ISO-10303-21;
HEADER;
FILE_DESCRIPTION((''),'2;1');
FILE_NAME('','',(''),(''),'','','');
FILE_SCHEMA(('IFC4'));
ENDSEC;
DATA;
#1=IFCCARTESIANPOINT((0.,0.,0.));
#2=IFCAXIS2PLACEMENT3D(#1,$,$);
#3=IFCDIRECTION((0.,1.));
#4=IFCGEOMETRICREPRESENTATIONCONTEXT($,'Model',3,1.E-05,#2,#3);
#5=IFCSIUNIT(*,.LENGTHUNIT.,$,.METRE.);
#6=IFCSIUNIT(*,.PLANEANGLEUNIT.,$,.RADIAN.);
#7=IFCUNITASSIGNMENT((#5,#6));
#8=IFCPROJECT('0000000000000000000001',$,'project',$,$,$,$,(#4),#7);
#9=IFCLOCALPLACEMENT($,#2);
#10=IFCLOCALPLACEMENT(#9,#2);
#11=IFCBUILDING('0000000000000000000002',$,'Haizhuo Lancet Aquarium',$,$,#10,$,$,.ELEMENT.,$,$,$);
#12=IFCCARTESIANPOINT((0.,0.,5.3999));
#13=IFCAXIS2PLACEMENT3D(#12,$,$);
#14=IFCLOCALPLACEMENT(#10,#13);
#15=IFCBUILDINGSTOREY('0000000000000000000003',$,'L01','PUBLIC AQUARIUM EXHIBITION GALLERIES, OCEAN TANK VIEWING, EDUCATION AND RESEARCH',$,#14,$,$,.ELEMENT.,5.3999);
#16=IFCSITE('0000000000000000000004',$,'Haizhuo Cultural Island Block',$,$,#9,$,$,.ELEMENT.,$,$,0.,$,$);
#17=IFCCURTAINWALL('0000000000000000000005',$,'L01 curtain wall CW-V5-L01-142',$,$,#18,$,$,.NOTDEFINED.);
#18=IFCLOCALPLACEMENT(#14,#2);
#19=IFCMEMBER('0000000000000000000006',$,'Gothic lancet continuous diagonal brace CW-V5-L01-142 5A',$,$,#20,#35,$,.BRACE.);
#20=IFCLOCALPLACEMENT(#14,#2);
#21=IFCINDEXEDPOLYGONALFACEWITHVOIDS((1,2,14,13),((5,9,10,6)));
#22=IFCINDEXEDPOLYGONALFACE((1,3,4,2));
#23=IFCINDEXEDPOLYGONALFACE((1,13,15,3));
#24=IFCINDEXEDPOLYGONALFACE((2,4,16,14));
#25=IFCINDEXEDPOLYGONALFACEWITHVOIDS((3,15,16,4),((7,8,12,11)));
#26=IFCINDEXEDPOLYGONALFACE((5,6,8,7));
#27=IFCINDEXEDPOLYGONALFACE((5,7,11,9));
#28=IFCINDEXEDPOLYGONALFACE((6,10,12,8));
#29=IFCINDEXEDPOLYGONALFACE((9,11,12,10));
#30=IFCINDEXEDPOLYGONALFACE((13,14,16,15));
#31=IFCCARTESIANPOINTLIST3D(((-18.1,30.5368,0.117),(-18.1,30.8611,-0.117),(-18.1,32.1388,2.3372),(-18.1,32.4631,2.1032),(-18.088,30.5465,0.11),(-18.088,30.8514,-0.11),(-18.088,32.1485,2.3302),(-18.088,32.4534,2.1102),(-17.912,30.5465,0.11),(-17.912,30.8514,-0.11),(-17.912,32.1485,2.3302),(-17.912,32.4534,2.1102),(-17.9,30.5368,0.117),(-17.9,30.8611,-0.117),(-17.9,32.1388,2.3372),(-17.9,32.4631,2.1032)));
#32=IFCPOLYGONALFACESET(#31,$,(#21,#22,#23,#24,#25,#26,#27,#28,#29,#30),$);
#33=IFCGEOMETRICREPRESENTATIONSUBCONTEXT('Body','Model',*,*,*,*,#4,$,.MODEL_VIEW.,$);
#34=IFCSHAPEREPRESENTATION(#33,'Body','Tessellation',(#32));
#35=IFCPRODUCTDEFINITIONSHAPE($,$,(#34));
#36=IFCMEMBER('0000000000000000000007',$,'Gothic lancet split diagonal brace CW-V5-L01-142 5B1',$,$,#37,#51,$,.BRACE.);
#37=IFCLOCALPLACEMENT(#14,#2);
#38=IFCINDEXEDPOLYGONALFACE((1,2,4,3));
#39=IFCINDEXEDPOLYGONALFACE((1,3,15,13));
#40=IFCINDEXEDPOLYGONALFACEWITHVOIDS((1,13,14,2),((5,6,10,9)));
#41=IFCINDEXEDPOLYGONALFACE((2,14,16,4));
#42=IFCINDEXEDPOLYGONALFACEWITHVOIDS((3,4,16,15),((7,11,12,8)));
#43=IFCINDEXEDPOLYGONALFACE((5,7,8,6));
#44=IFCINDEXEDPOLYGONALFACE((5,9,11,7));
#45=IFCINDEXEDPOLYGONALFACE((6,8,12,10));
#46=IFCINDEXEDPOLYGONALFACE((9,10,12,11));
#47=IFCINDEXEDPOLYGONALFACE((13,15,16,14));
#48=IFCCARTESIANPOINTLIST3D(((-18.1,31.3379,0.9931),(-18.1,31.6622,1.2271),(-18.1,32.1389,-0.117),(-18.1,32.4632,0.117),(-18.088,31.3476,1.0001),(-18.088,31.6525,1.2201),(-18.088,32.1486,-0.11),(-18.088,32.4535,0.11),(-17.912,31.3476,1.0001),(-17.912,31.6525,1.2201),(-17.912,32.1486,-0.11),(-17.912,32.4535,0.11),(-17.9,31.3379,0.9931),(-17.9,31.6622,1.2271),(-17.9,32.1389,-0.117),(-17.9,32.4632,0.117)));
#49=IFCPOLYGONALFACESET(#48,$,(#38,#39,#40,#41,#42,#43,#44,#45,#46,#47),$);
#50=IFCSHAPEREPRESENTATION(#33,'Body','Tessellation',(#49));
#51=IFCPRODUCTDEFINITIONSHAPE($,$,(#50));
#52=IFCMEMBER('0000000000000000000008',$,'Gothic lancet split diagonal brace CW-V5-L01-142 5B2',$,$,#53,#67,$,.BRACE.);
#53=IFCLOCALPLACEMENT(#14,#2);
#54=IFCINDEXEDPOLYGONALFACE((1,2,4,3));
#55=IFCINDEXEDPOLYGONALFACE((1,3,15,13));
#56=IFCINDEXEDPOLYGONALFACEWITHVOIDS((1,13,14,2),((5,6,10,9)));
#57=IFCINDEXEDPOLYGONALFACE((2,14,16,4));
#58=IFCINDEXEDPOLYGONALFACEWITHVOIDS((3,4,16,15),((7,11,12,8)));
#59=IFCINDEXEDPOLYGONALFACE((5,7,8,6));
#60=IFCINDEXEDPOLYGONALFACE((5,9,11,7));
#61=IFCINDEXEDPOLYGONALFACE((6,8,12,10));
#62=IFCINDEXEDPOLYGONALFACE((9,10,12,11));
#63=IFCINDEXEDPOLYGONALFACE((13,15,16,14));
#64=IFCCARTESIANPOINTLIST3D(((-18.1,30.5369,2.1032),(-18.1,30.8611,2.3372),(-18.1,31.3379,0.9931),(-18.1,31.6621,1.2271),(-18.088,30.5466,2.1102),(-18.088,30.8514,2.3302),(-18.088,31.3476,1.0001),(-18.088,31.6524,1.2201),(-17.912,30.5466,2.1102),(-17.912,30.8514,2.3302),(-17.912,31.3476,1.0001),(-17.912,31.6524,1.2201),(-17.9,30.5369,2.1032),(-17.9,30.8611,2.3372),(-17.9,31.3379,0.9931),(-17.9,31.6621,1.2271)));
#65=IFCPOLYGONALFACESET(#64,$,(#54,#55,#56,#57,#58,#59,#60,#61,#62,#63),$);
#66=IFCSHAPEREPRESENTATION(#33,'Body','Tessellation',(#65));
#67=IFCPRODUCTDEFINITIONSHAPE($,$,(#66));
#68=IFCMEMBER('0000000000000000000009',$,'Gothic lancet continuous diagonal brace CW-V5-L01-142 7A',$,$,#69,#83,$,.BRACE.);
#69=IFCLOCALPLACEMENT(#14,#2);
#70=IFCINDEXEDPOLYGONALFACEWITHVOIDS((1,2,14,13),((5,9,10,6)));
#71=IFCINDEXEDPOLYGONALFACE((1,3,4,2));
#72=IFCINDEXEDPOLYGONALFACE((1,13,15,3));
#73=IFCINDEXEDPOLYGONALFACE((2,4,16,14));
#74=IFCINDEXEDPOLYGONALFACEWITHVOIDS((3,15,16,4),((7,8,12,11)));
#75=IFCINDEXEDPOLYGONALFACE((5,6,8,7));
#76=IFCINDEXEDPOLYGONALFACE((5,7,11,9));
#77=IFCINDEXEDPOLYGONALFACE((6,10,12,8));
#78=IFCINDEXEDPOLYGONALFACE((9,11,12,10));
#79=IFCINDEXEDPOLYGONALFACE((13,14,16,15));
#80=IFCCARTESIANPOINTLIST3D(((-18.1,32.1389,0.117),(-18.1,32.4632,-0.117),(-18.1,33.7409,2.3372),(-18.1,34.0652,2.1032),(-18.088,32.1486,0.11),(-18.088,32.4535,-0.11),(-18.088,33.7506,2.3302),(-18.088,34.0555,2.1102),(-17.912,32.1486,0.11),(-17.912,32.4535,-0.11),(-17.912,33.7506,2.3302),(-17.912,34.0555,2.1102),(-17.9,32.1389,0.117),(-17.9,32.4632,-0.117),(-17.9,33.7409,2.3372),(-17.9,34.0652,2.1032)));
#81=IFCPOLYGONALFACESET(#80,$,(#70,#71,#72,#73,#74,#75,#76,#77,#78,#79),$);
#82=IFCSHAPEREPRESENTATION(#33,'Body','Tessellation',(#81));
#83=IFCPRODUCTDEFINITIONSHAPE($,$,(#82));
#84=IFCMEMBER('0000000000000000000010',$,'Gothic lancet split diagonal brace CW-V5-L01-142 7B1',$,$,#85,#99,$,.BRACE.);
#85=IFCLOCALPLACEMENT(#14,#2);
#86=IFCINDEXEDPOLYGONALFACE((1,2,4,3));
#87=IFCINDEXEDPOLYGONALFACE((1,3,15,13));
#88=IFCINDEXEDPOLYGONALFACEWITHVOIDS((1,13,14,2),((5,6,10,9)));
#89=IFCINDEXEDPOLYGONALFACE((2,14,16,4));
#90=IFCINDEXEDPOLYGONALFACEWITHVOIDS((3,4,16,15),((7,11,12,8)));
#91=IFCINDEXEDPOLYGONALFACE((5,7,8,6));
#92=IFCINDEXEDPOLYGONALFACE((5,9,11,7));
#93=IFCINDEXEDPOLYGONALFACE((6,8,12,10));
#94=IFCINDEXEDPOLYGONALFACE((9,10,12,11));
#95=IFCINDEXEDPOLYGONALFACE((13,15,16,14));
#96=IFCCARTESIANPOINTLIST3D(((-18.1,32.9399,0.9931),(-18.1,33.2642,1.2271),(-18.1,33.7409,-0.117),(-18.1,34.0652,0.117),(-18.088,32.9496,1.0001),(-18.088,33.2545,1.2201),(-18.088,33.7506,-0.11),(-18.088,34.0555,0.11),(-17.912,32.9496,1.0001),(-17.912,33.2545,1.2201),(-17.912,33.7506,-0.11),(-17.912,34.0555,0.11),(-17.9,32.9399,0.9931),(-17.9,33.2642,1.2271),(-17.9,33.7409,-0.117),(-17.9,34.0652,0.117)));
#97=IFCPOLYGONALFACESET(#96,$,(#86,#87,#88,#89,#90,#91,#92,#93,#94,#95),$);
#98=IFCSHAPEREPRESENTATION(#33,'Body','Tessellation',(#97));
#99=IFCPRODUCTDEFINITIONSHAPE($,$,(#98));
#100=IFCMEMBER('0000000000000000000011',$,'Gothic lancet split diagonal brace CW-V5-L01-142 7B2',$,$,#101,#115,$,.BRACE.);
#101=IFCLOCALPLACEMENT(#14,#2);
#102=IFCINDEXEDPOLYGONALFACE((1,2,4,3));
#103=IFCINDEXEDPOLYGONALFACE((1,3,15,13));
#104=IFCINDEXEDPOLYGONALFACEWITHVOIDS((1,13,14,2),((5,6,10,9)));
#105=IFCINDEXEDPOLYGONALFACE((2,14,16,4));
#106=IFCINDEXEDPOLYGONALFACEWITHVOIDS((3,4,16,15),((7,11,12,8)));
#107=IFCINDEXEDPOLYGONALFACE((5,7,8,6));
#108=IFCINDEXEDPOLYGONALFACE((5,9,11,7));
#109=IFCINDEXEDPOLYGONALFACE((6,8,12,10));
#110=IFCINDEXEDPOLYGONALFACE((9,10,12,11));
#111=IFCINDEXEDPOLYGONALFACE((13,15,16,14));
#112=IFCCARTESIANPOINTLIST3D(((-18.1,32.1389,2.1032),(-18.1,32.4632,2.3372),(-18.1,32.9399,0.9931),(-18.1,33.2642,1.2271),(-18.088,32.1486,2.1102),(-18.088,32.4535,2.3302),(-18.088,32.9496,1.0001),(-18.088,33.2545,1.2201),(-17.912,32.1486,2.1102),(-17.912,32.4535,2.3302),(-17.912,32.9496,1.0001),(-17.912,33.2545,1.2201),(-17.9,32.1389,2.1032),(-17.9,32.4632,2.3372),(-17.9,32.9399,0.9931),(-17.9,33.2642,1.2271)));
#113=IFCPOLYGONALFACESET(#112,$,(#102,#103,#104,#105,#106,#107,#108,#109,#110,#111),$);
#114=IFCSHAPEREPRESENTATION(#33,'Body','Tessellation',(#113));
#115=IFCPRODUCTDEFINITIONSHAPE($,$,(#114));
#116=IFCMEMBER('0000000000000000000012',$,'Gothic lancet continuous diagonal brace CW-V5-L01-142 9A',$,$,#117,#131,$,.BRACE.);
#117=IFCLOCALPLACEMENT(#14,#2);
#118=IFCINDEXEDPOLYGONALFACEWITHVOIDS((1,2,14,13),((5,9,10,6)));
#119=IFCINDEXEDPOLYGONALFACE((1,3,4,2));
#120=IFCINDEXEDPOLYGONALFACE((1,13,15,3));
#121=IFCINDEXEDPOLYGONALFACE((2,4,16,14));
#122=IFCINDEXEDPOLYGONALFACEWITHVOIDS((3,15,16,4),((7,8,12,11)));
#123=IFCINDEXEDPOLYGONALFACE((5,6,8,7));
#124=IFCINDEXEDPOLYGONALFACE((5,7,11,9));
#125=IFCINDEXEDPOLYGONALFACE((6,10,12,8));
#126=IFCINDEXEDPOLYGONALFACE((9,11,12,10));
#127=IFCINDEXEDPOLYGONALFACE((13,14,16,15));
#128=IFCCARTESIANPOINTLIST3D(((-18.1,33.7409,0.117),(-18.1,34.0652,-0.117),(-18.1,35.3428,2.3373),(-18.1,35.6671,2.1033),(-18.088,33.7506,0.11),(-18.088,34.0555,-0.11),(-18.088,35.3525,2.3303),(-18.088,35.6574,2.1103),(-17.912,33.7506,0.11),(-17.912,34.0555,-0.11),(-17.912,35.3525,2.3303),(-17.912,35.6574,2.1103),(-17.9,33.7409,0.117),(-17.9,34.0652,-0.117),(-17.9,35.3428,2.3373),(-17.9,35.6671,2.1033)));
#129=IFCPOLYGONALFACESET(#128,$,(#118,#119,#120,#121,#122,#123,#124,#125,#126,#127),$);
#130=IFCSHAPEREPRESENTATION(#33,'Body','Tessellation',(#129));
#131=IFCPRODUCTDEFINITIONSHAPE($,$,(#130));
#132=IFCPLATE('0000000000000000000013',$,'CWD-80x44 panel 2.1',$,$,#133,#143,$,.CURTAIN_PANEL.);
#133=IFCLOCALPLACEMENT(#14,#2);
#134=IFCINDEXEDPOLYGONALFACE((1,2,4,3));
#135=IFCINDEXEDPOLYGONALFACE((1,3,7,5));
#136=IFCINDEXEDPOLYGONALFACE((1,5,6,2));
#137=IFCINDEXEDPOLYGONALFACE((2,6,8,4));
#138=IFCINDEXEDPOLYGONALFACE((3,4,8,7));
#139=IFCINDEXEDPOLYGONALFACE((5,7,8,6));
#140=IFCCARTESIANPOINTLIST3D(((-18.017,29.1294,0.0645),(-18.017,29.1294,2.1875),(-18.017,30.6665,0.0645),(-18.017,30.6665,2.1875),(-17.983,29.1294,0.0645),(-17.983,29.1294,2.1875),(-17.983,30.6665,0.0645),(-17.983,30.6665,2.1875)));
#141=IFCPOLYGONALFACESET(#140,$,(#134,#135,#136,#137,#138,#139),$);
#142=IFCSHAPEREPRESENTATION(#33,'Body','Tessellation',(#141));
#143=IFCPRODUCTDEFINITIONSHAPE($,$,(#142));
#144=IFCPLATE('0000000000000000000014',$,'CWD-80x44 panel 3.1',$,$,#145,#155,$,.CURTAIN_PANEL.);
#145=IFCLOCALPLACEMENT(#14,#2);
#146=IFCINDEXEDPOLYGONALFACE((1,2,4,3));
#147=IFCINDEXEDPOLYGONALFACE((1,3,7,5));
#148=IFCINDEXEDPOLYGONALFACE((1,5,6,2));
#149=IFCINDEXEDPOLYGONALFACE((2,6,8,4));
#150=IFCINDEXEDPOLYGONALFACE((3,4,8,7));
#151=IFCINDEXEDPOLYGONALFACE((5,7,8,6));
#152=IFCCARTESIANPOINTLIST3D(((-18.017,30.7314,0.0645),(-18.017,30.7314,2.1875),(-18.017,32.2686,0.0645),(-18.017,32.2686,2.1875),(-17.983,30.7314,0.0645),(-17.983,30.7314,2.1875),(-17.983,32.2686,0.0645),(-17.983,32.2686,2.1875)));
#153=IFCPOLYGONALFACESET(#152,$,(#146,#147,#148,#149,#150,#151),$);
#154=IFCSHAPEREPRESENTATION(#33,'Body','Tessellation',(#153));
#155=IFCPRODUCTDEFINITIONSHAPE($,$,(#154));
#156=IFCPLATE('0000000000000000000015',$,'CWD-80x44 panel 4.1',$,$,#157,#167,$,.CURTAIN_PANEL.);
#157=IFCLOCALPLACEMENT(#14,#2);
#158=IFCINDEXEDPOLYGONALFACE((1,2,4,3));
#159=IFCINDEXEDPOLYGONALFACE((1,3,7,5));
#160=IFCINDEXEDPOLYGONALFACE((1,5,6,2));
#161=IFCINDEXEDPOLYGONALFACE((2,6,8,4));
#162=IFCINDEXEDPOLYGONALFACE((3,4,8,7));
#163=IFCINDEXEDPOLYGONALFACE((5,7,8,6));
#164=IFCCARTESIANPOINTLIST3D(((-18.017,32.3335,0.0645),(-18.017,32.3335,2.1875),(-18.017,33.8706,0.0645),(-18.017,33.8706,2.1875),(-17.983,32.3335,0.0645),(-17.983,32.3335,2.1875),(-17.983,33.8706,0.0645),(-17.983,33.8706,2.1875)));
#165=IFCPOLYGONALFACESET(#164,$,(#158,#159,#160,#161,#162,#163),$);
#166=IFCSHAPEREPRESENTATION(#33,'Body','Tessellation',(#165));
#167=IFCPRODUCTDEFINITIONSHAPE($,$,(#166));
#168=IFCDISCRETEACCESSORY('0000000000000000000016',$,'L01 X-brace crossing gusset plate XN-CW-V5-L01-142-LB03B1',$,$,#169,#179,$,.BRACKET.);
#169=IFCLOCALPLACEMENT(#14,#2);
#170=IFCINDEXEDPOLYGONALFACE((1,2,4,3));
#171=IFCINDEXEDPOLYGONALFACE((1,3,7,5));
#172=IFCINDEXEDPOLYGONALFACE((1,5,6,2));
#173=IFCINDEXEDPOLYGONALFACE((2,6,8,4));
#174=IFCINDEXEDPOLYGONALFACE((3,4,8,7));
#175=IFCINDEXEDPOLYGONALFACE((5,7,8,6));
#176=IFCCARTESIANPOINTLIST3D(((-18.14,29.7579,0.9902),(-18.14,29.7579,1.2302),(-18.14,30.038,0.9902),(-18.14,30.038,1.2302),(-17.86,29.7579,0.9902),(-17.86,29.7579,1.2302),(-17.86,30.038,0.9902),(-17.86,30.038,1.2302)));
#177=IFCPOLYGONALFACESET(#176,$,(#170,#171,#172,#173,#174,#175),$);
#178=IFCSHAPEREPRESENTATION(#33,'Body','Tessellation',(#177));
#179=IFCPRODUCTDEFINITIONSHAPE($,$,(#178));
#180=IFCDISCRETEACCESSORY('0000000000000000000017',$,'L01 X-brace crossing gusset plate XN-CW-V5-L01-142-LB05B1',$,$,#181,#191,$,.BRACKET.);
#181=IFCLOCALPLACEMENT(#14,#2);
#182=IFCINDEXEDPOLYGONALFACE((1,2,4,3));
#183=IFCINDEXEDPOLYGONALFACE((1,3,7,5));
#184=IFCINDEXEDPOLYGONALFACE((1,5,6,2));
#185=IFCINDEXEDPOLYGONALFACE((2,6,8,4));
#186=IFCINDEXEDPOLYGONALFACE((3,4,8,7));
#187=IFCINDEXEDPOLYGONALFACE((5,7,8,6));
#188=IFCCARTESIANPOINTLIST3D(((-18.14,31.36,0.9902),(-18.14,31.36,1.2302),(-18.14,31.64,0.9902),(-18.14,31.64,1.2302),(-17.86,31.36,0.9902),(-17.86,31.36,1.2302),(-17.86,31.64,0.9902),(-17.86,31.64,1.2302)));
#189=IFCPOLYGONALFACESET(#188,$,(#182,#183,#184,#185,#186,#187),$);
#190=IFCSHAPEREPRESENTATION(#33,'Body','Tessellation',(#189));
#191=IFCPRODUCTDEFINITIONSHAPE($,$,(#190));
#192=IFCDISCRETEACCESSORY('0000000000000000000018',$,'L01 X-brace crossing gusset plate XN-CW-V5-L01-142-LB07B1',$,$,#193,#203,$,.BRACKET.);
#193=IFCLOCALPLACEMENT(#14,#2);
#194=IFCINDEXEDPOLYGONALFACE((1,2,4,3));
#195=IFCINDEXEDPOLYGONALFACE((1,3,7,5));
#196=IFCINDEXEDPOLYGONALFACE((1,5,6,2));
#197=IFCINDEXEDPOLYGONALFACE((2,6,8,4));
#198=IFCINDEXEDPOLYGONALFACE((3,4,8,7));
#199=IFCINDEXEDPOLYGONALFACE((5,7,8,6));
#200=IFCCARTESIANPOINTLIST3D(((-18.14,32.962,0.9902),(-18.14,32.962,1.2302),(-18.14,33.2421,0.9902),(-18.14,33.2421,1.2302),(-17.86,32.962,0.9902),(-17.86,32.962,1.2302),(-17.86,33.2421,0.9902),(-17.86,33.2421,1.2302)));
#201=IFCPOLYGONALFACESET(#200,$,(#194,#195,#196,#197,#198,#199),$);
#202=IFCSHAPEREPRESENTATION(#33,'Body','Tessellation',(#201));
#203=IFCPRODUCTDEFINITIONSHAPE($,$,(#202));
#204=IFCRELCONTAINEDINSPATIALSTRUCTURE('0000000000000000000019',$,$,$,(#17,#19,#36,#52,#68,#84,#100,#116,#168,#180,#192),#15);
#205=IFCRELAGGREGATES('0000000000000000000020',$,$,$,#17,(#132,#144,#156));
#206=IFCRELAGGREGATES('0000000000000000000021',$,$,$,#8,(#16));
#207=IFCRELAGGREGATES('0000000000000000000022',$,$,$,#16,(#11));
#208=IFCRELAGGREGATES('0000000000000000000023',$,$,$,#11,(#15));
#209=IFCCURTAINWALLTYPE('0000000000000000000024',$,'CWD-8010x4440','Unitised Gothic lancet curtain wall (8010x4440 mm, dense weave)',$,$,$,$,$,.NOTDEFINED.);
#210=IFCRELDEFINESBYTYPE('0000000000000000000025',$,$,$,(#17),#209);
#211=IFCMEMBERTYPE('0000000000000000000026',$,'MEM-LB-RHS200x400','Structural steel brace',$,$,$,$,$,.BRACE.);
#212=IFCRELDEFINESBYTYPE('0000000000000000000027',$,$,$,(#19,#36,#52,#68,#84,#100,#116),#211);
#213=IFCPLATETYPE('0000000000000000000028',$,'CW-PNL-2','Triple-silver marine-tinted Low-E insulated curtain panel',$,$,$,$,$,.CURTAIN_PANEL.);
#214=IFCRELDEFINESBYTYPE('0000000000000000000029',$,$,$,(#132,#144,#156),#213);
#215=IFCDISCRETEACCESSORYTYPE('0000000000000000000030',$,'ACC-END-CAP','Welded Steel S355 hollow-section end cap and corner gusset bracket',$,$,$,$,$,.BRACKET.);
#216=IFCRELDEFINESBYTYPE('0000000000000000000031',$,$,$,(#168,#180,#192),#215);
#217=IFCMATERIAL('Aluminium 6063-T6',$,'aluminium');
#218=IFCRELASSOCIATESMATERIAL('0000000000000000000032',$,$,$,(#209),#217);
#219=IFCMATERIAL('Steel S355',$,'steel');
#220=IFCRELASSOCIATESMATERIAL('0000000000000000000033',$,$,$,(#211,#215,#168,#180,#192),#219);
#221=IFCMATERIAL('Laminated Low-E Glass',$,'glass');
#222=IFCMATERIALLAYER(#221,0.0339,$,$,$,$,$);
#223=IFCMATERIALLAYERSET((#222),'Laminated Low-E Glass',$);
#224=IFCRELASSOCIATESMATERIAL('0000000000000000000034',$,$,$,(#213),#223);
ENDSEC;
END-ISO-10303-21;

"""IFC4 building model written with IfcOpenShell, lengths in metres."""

from ifc_helpers import new_model, si_unit, direction, frame, origin, origin_2d, place, context, subcontext, project, spatial, rectangle, hollow_rectangle, extrude, material, layer, layer_set, material_profile, profile_set, type_object, element, aggregate, save


model = new_model("IFC4")

# Units and contexts
model_context = context("Model", 3, precision=1e-05, world=origin(), true_north=direction((0.0, 1.0)))
body_context = subcontext(model_context, "Body", "Model", "MODEL_VIEW")
ifc_project = project(units=[si_unit("LENGTHUNIT", "METRE"), si_unit("PLANEANGLEUNIT", "RADIAN")], contexts=[model_context])

# Site, building, storey
site_placement = place(None, origin())
site = spatial("IfcSite", under=ifc_project, at=site_placement, Name="Haizhuo Cultural Island Block", CompositionType="ELEMENT", RefElevation=0.0)
building_placement = place(site_placement, origin())
building = spatial("IfcBuilding", under=site, at=building_placement, Name="Haizhuo Lancet Aquarium", CompositionType="ELEMENT")
storey_placement = place(building_placement, frame((0.0, 0.0, 5.3999)))
storey = spatial("IfcBuildingStorey", under=building, at=storey_placement, Name="L01", Description="PUBLIC AQUARIUM EXHIBITION GALLERIES, OCEAN TANK VIEWING, EDUCATION AND RESEARCH", CompositionType="ELEMENT", Elevation=5.3999)

# Curtain wall
ifc_material_1 = material(Name="Aluminium 6063-T6", Category="aluminium")
curtain_wall_type = type_object("IfcCurtainWallType", Name="CWD-8010x4440", Description="Unitised Gothic lancet curtain wall (8010x4440 mm, dense weave)", PredefinedType="NOTDEFINED", material=ifc_material_1)
curtain_wall_placement = place(storey_placement, origin())
curtain_wall = element("IfcCurtainWall", 1, at=curtain_wall_placement, inside=storey, type_object=curtain_wall_type, Name="L01 curtain wall CW-V5-L01-142", PredefinedType="NOTDEFINED")

# Members
ifc_material_2 = material(Name="Steel S355", Category="steel")
ifc_material_profile_1 = material_profile(ifc_material_2, hollow_rectangle(XDim=0.2, YDim=0.3999, WallThickness=0.012, at=origin_2d()), Name="RHS 200x400x12")
ifc_profile_set_1 = profile_set([ifc_material_profile_1], Name="Steel S355")
member_type_1 = type_object("IfcMemberType", Name="MEM-LB-RHS200x400", Description="Structural steel brace", PredefinedType="BRACE", material=ifc_profile_set_1)
member_1_placement = place(storey_placement, frame((-18.0, 30.699, 0.0), z_axis=(0.0, 0.585145, 0.810928), x_axis=(-1.0, 0.0, 0.0)))
element("IfcMember", 2, at=member_1_placement, inside=storey, type_object=member_type_1, Name="Gothic lancet continuous diagonal brace CW-V5-L01-142 5A", PredefinedType="BRACE", context=body_context, shape_type="SweptSolid", body=[
    extrude(hollow_rectangle(XDim=0.2, YDim=0.3999, WallThickness=0.012, at=origin_2d()), origin(), (0.0, 0.0, 1.0), 2.7378),
])
for number, where, z_axis, x_axis, name in (
    (3, (-18.0, 32.301, 0.0), (0.0, -0.585145, 0.810928), (1.0, 0.0, 0.0), "Gothic lancet split diagonal brace CW-V5-L01-142 5B1"),
    (4, (-18.0, 31.5, 1.1101), (0.0, -0.585145, 0.810928), (1.0, 0.0, 0.0), "Gothic lancet split diagonal brace CW-V5-L01-142 5B2"),
):
    element("IfcMember", number, at=place(storey_placement, frame(where, z_axis=z_axis, x_axis=x_axis)), inside=storey, type_object=member_type_1, Name=name, PredefinedType="BRACE", context=body_context, shape_type="SweptSolid", body=[
        extrude(hollow_rectangle(XDim=0.2, YDim=0.3999, WallThickness=0.012, at=origin_2d()), origin(), (0.0, 0.0, 1.0), 1.3689),
    ])
member_2_placement = place(storey_placement, frame((-18.0, 32.301, 0.0), z_axis=(0.0, 0.585145, 0.810928), x_axis=(-1.0, 0.0, 0.0)))
element("IfcMember", 5, at=member_2_placement, inside=storey, type_object=member_type_1, Name="Gothic lancet continuous diagonal brace CW-V5-L01-142 7A", PredefinedType="BRACE", context=body_context, shape_type="SweptSolid", body=[
    extrude(hollow_rectangle(XDim=0.2, YDim=0.3999, WallThickness=0.012, at=origin_2d()), origin(), (0.0, 0.0, 1.0), 2.7378),
])
for number, where, z_axis, x_axis, name in (
    (6, (-18.0, 33.9031, 0.0), (0.0, -0.585145, 0.810928), (1.0, 0.0, 0.0), "Gothic lancet split diagonal brace CW-V5-L01-142 7B1"),
    (7, (-18.0, 33.1021, 1.1101), (0.0, -0.585145, 0.810928), (1.0, 0.0, 0.0), "Gothic lancet split diagonal brace CW-V5-L01-142 7B2"),
):
    element("IfcMember", number, at=place(storey_placement, frame(where, z_axis=z_axis, x_axis=x_axis)), inside=storey, type_object=member_type_1, Name=name, PredefinedType="BRACE", context=body_context, shape_type="SweptSolid", body=[
        extrude(hollow_rectangle(XDim=0.2, YDim=0.3999, WallThickness=0.012, at=origin_2d()), origin(), (0.0, 0.0, 1.0), 1.3689),
    ])
member_3_placement = place(storey_placement, frame((-18.0, 33.9031, 0.0), z_axis=(0.0, 0.585087, 0.810971), x_axis=(-1.0, 0.0, 0.0)))
element("IfcMember", 8, at=member_3_placement, inside=storey, type_object=member_type_1, Name="Gothic lancet continuous diagonal brace CW-V5-L01-142 9A", PredefinedType="BRACE", context=body_context, shape_type="SweptSolid", body=[
    extrude(hollow_rectangle(XDim=0.2, YDim=0.3999, WallThickness=0.012, at=origin_2d()), origin(), (0.0, 0.0, 1.0), 2.7378),
])

# Plates
ifc_material_3 = material(Name="Laminated Low-E Glass", Category="glass")
ifc_layer = layer(ifc_material_3, 0.0339)
ifc_layer_set = layer_set([ifc_layer], Name="Laminated Low-E Glass")
plate_type = type_object("IfcPlateType", Name="CW-PNL-2", Description="Triple-silver marine-tinted Low-E insulated curtain panel", PredefinedType="CURTAIN_PANEL", material=ifc_layer_set)
plate_1_placement = place(storey_placement, frame((-18.0, 29.8979, 0.0645), z_axis=(0.0, 0.0, 1.0), x_axis=(0.0, 1.0, 0.0)))
plate_1 = element("IfcPlate", 9, at=plate_1_placement, type_object=plate_type, Name="CWD-80x44 panel 2.1", PredefinedType="CURTAIN_PANEL", context=body_context, shape_type="SweptSolid", body=[
    extrude(rectangle(XDim=1.5371, YDim=0.0339, at=origin_2d()), origin(), (0.0, 0.0, 1.0), 2.123),
])
plate_2_placement = place(storey_placement, frame((-18.0, 31.5, 0.0645), z_axis=(0.0, 0.0, 1.0), x_axis=(0.0, 1.0, 0.0)))
plate_2 = element("IfcPlate", 10, at=plate_2_placement, type_object=plate_type, Name="CWD-80x44 panel 3.1", PredefinedType="CURTAIN_PANEL", context=body_context, shape_type="SweptSolid", body=[
    extrude(rectangle(XDim=1.5371, YDim=0.0339, at=origin_2d()), origin(), (0.0, 0.0, 1.0), 2.123),
])
plate_3_placement = place(storey_placement, frame((-18.0, 33.1021, 0.0645), z_axis=(0.0, 0.0, 1.0), x_axis=(0.0, 1.0, 0.0)))
plate_3 = element("IfcPlate", 11, at=plate_3_placement, type_object=plate_type, Name="CWD-80x44 panel 4.1", PredefinedType="CURTAIN_PANEL", context=body_context, shape_type="SweptSolid", body=[
    extrude(rectangle(XDim=1.5371, YDim=0.0339, at=origin_2d()), origin(), (0.0, 0.0, 1.0), 2.123),
])
aggregate(curtain_wall, [plate_1, plate_2, plate_3])

# Discrete accessories
discrete_accessory_type = type_object("IfcDiscreteAccessoryType", Name="ACC-END-CAP", Description="Welded Steel S355 hollow-section end cap and corner gusset bracket", PredefinedType="BRACKET", material=ifc_material_2)
for number, where, z_axis, x_axis, name in (
    (12, (-18.0, 29.8979, 0.9902), (0.0, 0.0, 1.0), (1.0, 0.0, 0.0), "L01 X-brace crossing gusset plate XN-CW-V5-L01-142-LB03B1"),
    (13, (-18.0, 31.5, 0.9902), (0.0, 0.0, 1.0), (1.0, 0.0, 0.0), "L01 X-brace crossing gusset plate XN-CW-V5-L01-142-LB05B1"),
    (14, (-18.0, 33.1021, 0.9902), (0.0, 0.0, 1.0), (1.0, 0.0, 0.0), "L01 X-brace crossing gusset plate XN-CW-V5-L01-142-LB07B1"),
):
    element("IfcDiscreteAccessory", number, at=place(storey_placement, frame(where, z_axis=z_axis, x_axis=x_axis)), inside=storey, type_object=discrete_accessory_type, material=ifc_material_2, Name=name, PredefinedType="BRACKET", context=body_context, shape_type="SweptSolid", body=[
        extrude(rectangle(XDim=0.28, YDim=0.28, at=origin_2d()), origin(), (0.0, 0.0, 1.0), 0.24),
    ])

save(model, "model.ifc")
